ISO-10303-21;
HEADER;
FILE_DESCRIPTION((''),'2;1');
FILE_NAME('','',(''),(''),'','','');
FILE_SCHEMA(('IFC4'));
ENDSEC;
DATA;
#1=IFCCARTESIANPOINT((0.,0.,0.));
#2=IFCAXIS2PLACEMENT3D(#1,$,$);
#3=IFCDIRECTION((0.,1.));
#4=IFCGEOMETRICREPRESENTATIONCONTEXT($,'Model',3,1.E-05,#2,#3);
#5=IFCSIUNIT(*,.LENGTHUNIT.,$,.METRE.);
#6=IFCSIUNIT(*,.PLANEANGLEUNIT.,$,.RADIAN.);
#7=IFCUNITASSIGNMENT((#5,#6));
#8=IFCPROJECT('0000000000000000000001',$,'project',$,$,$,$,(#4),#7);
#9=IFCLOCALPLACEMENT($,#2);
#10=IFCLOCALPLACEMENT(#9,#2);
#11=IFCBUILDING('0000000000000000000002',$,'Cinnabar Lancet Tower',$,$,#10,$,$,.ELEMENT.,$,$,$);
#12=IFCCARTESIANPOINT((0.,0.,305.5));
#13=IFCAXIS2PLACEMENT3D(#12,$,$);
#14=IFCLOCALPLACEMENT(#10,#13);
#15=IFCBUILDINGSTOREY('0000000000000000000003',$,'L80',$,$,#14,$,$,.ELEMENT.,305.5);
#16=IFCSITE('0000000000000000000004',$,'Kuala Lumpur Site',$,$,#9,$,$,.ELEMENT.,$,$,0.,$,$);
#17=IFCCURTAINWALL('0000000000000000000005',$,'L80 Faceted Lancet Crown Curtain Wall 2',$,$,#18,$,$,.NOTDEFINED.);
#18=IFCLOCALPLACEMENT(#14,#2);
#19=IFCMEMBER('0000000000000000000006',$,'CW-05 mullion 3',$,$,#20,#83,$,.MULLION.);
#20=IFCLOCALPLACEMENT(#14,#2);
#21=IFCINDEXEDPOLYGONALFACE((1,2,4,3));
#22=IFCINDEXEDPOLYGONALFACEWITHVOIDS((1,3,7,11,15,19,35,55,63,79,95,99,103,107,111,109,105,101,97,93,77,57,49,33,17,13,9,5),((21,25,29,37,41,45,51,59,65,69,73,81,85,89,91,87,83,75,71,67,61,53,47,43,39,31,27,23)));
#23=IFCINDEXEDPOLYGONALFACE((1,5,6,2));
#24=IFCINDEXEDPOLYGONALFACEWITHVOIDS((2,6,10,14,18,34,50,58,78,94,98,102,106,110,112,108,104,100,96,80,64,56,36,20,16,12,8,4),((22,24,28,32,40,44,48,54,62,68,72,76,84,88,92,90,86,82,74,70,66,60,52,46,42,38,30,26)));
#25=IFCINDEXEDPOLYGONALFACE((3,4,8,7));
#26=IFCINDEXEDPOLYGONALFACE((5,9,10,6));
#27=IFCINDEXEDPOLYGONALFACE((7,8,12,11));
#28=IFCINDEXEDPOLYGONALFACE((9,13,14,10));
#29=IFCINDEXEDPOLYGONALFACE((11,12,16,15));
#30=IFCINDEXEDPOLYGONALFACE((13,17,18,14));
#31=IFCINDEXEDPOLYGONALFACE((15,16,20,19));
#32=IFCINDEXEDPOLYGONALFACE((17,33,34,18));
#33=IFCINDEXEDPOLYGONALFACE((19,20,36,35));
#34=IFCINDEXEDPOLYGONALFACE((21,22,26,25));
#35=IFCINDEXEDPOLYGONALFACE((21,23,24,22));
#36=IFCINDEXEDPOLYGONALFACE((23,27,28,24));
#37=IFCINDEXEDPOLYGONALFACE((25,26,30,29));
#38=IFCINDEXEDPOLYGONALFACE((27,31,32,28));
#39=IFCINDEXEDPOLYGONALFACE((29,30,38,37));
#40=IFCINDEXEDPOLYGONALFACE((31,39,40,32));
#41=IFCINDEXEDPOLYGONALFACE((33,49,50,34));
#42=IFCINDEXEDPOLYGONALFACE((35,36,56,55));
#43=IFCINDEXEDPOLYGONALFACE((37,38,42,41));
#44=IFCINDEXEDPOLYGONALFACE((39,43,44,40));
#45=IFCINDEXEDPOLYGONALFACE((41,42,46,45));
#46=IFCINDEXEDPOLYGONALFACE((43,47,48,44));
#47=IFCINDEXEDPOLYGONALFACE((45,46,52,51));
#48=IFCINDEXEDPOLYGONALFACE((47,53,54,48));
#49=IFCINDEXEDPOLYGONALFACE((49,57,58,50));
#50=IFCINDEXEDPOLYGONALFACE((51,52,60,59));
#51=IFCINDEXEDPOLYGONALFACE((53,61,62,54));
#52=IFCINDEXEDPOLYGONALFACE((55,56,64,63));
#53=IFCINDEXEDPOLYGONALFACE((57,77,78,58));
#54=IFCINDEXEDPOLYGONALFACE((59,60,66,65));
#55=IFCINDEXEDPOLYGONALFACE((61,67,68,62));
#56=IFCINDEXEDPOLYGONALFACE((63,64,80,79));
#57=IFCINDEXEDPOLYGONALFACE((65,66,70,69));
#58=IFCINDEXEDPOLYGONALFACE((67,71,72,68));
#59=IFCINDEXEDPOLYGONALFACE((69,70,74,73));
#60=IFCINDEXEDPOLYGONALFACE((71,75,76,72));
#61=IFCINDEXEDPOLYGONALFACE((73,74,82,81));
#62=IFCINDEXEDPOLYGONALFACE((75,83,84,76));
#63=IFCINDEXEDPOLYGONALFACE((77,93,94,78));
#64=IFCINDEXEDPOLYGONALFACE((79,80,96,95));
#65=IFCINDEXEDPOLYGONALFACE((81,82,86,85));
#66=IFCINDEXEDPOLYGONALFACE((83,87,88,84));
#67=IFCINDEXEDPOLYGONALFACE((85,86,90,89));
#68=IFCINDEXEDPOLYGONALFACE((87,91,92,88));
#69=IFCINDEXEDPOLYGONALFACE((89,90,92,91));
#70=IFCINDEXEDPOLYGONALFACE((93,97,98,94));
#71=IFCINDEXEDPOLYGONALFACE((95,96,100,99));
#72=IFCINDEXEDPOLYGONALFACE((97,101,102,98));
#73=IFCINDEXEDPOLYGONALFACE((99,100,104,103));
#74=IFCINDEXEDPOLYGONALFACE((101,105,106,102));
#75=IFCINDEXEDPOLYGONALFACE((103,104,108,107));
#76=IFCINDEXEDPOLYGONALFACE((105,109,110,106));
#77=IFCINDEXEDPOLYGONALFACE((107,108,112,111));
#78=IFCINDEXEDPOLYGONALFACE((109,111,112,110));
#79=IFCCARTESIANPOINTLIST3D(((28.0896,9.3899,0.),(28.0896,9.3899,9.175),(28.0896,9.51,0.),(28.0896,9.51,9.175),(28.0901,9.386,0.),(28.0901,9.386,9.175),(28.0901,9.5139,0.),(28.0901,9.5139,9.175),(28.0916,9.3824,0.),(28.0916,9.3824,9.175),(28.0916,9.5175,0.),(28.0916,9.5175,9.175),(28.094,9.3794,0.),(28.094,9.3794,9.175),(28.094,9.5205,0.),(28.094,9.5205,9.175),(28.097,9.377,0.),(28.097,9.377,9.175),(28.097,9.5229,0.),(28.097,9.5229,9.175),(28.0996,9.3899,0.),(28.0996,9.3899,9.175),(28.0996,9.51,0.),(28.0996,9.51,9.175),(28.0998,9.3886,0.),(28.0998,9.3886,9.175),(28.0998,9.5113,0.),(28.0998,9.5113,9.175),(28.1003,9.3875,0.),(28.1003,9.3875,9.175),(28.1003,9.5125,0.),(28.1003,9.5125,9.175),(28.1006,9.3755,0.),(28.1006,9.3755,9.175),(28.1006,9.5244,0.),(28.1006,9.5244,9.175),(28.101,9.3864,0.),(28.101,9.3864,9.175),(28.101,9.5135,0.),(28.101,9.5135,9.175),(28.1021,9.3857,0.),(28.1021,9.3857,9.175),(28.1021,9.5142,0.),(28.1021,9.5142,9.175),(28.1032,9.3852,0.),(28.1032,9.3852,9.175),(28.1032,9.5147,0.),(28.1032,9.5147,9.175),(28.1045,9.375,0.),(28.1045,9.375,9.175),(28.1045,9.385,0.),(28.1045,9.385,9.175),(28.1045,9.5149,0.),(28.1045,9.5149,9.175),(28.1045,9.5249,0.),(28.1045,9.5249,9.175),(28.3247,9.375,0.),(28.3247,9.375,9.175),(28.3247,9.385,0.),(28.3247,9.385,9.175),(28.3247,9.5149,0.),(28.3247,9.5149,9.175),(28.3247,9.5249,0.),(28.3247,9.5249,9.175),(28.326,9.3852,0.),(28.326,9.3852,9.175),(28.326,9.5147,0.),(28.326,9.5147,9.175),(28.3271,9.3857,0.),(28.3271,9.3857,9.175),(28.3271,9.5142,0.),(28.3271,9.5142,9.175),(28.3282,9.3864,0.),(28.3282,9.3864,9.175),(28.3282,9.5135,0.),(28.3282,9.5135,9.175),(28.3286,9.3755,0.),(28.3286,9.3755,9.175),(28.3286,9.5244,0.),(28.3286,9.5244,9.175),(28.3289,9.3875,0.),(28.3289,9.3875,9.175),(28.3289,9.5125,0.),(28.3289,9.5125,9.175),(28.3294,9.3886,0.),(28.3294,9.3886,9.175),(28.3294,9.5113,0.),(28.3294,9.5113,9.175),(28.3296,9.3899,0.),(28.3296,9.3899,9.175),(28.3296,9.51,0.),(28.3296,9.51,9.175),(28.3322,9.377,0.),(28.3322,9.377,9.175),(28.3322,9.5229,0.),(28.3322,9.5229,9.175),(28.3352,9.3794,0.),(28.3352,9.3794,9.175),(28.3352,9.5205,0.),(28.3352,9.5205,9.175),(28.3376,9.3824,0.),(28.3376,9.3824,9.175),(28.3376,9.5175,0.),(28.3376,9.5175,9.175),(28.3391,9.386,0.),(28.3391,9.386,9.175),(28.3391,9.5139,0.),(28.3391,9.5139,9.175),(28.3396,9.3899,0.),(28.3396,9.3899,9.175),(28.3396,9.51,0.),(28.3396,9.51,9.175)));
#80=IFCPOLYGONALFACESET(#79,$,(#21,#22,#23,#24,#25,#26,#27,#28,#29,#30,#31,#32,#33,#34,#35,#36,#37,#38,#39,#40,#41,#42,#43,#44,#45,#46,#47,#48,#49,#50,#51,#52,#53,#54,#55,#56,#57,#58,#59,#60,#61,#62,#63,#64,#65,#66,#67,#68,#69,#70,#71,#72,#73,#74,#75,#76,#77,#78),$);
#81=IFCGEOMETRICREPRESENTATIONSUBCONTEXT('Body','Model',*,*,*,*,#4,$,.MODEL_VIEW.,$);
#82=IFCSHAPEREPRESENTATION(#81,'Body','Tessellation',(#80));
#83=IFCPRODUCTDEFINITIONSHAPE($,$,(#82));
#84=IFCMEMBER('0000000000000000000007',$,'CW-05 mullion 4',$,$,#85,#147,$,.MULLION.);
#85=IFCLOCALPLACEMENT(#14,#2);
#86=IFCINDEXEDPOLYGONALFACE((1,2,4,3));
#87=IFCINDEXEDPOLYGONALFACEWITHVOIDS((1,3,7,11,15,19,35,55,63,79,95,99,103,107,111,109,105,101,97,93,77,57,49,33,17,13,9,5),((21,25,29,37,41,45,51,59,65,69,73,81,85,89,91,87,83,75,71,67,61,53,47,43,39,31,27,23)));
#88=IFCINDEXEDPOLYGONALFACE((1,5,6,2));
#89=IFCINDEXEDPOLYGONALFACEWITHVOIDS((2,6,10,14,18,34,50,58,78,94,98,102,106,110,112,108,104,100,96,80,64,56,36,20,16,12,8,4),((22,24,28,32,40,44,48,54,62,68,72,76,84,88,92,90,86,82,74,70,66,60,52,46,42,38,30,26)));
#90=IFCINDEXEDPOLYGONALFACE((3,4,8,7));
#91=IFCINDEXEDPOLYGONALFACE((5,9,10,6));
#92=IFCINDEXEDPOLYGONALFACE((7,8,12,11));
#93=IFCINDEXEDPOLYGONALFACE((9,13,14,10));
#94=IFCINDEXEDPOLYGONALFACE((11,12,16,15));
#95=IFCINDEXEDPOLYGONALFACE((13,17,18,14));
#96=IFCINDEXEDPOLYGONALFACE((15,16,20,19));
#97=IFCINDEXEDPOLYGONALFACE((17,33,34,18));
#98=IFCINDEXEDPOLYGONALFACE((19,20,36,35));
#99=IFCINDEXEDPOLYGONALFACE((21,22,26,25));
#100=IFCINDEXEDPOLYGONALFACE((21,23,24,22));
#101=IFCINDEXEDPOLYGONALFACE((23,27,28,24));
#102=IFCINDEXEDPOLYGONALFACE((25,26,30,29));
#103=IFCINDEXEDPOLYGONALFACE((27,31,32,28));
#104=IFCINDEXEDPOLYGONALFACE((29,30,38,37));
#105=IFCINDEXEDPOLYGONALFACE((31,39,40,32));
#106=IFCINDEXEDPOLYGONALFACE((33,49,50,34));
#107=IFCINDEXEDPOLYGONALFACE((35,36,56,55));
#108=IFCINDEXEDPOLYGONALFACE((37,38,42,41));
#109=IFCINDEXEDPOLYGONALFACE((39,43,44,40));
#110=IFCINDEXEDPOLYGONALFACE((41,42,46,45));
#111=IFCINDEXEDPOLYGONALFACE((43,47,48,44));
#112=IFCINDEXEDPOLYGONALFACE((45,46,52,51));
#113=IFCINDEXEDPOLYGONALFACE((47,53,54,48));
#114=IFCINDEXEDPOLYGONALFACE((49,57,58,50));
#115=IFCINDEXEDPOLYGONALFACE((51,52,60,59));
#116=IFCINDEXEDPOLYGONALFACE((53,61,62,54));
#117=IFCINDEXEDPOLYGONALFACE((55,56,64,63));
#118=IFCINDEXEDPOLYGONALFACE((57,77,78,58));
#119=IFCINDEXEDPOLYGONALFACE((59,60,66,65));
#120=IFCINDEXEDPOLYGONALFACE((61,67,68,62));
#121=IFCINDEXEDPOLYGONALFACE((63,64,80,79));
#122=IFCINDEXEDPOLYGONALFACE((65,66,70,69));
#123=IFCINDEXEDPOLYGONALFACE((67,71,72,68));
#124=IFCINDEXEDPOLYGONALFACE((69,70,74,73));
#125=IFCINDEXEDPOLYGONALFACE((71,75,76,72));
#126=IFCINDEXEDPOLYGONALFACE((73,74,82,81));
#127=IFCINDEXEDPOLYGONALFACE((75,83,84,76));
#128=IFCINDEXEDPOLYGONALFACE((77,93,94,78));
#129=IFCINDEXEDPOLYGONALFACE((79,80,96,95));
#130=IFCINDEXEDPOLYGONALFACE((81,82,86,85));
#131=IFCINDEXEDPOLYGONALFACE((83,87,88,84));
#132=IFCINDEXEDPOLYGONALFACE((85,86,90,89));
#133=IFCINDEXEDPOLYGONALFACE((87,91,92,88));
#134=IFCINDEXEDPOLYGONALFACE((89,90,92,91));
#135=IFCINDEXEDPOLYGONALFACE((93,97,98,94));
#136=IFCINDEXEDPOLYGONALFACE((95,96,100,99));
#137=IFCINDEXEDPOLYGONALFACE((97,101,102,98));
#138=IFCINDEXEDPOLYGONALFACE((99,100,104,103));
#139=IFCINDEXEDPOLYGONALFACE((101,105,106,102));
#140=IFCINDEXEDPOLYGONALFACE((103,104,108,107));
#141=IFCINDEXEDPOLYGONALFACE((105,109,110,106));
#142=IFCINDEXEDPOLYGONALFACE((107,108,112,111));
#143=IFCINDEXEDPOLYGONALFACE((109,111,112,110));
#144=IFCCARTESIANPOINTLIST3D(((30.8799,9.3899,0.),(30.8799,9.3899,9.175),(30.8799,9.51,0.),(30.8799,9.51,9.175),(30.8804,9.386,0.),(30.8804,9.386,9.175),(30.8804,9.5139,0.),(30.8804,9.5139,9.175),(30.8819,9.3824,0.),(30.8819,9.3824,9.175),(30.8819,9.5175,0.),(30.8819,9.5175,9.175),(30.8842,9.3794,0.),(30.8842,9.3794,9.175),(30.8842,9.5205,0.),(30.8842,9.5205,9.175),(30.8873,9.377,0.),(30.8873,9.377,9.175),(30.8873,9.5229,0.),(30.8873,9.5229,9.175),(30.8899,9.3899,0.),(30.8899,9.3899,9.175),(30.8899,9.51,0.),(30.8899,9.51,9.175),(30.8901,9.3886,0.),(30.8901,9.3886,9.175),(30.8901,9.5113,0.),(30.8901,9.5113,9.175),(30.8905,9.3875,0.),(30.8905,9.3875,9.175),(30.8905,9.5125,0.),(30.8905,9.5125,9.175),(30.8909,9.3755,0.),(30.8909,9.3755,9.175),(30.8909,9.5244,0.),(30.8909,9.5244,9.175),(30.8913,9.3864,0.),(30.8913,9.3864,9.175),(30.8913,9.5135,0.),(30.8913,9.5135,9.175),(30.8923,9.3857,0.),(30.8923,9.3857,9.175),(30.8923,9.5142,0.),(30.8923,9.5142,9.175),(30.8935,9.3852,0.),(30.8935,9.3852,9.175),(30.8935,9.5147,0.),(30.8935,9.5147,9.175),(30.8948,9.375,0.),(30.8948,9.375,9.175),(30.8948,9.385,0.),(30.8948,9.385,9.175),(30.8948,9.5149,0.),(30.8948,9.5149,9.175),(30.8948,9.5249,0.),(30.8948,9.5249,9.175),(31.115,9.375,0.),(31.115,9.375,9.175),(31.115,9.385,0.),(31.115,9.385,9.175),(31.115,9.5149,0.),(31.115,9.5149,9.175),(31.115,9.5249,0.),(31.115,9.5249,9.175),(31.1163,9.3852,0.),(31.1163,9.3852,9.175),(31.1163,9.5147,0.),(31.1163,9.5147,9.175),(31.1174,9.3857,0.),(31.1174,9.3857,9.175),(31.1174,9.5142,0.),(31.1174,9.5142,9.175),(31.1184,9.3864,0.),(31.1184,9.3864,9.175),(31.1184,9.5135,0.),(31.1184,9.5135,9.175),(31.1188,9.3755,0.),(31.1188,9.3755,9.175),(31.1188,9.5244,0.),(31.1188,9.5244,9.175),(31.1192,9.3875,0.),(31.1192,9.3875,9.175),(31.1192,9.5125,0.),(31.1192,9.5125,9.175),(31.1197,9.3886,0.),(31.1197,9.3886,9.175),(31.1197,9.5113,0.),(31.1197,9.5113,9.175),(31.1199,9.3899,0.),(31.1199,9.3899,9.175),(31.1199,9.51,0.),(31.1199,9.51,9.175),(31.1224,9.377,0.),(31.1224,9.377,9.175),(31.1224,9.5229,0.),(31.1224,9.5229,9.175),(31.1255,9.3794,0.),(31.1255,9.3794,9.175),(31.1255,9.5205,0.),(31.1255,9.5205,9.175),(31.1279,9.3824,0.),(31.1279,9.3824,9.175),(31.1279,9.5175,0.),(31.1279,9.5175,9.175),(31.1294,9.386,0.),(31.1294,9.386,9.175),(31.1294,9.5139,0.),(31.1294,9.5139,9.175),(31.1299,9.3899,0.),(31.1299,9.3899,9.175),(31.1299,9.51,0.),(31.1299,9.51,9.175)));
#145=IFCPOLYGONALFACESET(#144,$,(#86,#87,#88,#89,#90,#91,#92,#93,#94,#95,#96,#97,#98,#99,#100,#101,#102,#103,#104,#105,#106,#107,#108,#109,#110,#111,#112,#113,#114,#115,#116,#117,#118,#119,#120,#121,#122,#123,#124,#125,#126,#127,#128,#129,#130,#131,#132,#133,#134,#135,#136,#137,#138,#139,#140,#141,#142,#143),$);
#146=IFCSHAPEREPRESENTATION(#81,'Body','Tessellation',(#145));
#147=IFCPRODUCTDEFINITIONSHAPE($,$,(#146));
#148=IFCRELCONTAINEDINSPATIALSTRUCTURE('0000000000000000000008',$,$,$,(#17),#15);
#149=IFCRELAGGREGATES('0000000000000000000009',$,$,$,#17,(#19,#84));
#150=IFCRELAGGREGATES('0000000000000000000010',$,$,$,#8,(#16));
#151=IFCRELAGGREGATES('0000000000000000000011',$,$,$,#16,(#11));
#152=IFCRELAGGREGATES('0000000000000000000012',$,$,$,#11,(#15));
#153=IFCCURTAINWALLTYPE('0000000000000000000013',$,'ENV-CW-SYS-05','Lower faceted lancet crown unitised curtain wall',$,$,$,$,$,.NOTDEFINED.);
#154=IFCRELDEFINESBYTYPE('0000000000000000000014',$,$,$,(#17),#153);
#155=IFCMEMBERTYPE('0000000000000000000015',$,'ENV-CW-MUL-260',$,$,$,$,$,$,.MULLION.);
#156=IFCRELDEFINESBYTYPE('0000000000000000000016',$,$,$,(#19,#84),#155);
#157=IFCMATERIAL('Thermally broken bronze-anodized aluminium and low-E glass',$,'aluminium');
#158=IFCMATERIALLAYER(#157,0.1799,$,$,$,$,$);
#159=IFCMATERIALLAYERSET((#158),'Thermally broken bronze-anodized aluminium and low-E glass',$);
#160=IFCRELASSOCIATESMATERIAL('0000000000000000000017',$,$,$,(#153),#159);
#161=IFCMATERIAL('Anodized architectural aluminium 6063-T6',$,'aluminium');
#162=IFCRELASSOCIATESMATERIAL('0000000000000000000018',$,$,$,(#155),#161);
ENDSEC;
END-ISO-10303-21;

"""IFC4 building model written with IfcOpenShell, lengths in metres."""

from ifc_helpers import new_model, si_unit, direction, frame, origin, origin_2d, place, context, subcontext, project, spatial, hollow_rectangle, extrude, material, layer, layer_set, material_profile, profile_set, type_object, element, aggregate, save


model = new_model("IFC4")

# Units and contexts
model_context = context("Model", 3, precision=1e-05, world=origin(), true_north=direction((0.0, 1.0)))
body_context = subcontext(model_context, "Body", "Model", "MODEL_VIEW")
ifc_project = project(units=[si_unit("LENGTHUNIT", "METRE"), si_unit("PLANEANGLEUNIT", "RADIAN")], contexts=[model_context])

# Site, building, storey
site_placement = place(None, origin())
site = spatial("IfcSite", under=ifc_project, at=site_placement, Name="Kuala Lumpur Site", CompositionType="ELEMENT", RefElevation=0.0)
building_placement = place(site_placement, origin())
building = spatial("IfcBuilding", under=site, at=building_placement, Name="Cinnabar Lancet Tower", CompositionType="ELEMENT")
storey_placement = place(building_placement, frame((0.0, 0.0, 305.5)))
storey = spatial("IfcBuildingStorey", under=building, at=storey_placement, Name="L80", CompositionType="ELEMENT", Elevation=305.5)

# Curtain wall, members
ifc_material_1 = material(Name="Thermally broken bronze-anodized aluminium and low-E glass", Category="aluminium")
ifc_layer_1 = layer(ifc_material_1, 0.1799)
ifc_layer_set_1 = layer_set([ifc_layer_1], Name="Thermally broken bronze-anodized aluminium and low-E glass")
curtain_wall_type = type_object("IfcCurtainWallType", Name="ENV-CW-SYS-05", Description="Lower faceted lancet crown unitised curtain wall", PredefinedType="NOTDEFINED", material=ifc_layer_set_1)
curtain_wall_placement = place(storey_placement, origin())
curtain_wall = element("IfcCurtainWall", 1, at=curtain_wall_placement, inside=storey, type_object=curtain_wall_type, Name="L80 Faceted Lancet Crown Curtain Wall 2", PredefinedType="NOTDEFINED")
ifc_material_2 = material(Name="Anodized architectural aluminium 6063-T6", Category="aluminium")
ifc_material_profile_1 = material_profile(ifc_material_2, hollow_rectangle(XDim=0.1499, YDim=0.25, WallThickness=0.01, InnerFilletRadius=0.0049, OuterFilletRadius=0.0149, at=origin_2d()), Name="RHS 250x150x10")
ifc_profile_set_1 = profile_set([ifc_material_profile_1], Name="Anodized architectural aluminium 6063-T6")
member_type_1 = type_object("IfcMemberType", Name="ENV-CW-MUL-260", PredefinedType="MULLION", material=ifc_profile_set_1)
member_1_placement = place(storey_placement, frame((28.2146, 9.45, 0.0), z_axis=(0.0, 0.0, 1.0), x_axis=(0.0, 1.0, 0.0)))
member_1 = element("IfcMember", 2, at=member_1_placement, type_object=member_type_1, Name="CW-05 mullion 3", PredefinedType="MULLION", context=body_context, shape_type="SweptSolid", body=[
    extrude(hollow_rectangle(XDim=0.1499, YDim=0.25, WallThickness=0.01, InnerFilletRadius=0.0049, OuterFilletRadius=0.0149, at=origin_2d()), origin(), (0.0, 0.0, 1.0), 9.175),
])
member_2_placement = place(storey_placement, frame((31.0049, 9.45, 0.0), z_axis=(0.0, 0.0, 1.0), x_axis=(0.0, 1.0, 0.0)))
member_2 = element("IfcMember", 3, at=member_2_placement, type_object=member_type_1, Name="CW-05 mullion 4", PredefinedType="MULLION", context=body_context, shape_type="SweptSolid", body=[
    extrude(hollow_rectangle(XDim=0.1499, YDim=0.25, WallThickness=0.01, InnerFilletRadius=0.0049, OuterFilletRadius=0.0149, at=origin_2d()), origin(), (0.0, 0.0, 1.0), 9.175),
])
aggregate(curtain_wall, [member_1, member_2])

save(model, "model.ifc")
